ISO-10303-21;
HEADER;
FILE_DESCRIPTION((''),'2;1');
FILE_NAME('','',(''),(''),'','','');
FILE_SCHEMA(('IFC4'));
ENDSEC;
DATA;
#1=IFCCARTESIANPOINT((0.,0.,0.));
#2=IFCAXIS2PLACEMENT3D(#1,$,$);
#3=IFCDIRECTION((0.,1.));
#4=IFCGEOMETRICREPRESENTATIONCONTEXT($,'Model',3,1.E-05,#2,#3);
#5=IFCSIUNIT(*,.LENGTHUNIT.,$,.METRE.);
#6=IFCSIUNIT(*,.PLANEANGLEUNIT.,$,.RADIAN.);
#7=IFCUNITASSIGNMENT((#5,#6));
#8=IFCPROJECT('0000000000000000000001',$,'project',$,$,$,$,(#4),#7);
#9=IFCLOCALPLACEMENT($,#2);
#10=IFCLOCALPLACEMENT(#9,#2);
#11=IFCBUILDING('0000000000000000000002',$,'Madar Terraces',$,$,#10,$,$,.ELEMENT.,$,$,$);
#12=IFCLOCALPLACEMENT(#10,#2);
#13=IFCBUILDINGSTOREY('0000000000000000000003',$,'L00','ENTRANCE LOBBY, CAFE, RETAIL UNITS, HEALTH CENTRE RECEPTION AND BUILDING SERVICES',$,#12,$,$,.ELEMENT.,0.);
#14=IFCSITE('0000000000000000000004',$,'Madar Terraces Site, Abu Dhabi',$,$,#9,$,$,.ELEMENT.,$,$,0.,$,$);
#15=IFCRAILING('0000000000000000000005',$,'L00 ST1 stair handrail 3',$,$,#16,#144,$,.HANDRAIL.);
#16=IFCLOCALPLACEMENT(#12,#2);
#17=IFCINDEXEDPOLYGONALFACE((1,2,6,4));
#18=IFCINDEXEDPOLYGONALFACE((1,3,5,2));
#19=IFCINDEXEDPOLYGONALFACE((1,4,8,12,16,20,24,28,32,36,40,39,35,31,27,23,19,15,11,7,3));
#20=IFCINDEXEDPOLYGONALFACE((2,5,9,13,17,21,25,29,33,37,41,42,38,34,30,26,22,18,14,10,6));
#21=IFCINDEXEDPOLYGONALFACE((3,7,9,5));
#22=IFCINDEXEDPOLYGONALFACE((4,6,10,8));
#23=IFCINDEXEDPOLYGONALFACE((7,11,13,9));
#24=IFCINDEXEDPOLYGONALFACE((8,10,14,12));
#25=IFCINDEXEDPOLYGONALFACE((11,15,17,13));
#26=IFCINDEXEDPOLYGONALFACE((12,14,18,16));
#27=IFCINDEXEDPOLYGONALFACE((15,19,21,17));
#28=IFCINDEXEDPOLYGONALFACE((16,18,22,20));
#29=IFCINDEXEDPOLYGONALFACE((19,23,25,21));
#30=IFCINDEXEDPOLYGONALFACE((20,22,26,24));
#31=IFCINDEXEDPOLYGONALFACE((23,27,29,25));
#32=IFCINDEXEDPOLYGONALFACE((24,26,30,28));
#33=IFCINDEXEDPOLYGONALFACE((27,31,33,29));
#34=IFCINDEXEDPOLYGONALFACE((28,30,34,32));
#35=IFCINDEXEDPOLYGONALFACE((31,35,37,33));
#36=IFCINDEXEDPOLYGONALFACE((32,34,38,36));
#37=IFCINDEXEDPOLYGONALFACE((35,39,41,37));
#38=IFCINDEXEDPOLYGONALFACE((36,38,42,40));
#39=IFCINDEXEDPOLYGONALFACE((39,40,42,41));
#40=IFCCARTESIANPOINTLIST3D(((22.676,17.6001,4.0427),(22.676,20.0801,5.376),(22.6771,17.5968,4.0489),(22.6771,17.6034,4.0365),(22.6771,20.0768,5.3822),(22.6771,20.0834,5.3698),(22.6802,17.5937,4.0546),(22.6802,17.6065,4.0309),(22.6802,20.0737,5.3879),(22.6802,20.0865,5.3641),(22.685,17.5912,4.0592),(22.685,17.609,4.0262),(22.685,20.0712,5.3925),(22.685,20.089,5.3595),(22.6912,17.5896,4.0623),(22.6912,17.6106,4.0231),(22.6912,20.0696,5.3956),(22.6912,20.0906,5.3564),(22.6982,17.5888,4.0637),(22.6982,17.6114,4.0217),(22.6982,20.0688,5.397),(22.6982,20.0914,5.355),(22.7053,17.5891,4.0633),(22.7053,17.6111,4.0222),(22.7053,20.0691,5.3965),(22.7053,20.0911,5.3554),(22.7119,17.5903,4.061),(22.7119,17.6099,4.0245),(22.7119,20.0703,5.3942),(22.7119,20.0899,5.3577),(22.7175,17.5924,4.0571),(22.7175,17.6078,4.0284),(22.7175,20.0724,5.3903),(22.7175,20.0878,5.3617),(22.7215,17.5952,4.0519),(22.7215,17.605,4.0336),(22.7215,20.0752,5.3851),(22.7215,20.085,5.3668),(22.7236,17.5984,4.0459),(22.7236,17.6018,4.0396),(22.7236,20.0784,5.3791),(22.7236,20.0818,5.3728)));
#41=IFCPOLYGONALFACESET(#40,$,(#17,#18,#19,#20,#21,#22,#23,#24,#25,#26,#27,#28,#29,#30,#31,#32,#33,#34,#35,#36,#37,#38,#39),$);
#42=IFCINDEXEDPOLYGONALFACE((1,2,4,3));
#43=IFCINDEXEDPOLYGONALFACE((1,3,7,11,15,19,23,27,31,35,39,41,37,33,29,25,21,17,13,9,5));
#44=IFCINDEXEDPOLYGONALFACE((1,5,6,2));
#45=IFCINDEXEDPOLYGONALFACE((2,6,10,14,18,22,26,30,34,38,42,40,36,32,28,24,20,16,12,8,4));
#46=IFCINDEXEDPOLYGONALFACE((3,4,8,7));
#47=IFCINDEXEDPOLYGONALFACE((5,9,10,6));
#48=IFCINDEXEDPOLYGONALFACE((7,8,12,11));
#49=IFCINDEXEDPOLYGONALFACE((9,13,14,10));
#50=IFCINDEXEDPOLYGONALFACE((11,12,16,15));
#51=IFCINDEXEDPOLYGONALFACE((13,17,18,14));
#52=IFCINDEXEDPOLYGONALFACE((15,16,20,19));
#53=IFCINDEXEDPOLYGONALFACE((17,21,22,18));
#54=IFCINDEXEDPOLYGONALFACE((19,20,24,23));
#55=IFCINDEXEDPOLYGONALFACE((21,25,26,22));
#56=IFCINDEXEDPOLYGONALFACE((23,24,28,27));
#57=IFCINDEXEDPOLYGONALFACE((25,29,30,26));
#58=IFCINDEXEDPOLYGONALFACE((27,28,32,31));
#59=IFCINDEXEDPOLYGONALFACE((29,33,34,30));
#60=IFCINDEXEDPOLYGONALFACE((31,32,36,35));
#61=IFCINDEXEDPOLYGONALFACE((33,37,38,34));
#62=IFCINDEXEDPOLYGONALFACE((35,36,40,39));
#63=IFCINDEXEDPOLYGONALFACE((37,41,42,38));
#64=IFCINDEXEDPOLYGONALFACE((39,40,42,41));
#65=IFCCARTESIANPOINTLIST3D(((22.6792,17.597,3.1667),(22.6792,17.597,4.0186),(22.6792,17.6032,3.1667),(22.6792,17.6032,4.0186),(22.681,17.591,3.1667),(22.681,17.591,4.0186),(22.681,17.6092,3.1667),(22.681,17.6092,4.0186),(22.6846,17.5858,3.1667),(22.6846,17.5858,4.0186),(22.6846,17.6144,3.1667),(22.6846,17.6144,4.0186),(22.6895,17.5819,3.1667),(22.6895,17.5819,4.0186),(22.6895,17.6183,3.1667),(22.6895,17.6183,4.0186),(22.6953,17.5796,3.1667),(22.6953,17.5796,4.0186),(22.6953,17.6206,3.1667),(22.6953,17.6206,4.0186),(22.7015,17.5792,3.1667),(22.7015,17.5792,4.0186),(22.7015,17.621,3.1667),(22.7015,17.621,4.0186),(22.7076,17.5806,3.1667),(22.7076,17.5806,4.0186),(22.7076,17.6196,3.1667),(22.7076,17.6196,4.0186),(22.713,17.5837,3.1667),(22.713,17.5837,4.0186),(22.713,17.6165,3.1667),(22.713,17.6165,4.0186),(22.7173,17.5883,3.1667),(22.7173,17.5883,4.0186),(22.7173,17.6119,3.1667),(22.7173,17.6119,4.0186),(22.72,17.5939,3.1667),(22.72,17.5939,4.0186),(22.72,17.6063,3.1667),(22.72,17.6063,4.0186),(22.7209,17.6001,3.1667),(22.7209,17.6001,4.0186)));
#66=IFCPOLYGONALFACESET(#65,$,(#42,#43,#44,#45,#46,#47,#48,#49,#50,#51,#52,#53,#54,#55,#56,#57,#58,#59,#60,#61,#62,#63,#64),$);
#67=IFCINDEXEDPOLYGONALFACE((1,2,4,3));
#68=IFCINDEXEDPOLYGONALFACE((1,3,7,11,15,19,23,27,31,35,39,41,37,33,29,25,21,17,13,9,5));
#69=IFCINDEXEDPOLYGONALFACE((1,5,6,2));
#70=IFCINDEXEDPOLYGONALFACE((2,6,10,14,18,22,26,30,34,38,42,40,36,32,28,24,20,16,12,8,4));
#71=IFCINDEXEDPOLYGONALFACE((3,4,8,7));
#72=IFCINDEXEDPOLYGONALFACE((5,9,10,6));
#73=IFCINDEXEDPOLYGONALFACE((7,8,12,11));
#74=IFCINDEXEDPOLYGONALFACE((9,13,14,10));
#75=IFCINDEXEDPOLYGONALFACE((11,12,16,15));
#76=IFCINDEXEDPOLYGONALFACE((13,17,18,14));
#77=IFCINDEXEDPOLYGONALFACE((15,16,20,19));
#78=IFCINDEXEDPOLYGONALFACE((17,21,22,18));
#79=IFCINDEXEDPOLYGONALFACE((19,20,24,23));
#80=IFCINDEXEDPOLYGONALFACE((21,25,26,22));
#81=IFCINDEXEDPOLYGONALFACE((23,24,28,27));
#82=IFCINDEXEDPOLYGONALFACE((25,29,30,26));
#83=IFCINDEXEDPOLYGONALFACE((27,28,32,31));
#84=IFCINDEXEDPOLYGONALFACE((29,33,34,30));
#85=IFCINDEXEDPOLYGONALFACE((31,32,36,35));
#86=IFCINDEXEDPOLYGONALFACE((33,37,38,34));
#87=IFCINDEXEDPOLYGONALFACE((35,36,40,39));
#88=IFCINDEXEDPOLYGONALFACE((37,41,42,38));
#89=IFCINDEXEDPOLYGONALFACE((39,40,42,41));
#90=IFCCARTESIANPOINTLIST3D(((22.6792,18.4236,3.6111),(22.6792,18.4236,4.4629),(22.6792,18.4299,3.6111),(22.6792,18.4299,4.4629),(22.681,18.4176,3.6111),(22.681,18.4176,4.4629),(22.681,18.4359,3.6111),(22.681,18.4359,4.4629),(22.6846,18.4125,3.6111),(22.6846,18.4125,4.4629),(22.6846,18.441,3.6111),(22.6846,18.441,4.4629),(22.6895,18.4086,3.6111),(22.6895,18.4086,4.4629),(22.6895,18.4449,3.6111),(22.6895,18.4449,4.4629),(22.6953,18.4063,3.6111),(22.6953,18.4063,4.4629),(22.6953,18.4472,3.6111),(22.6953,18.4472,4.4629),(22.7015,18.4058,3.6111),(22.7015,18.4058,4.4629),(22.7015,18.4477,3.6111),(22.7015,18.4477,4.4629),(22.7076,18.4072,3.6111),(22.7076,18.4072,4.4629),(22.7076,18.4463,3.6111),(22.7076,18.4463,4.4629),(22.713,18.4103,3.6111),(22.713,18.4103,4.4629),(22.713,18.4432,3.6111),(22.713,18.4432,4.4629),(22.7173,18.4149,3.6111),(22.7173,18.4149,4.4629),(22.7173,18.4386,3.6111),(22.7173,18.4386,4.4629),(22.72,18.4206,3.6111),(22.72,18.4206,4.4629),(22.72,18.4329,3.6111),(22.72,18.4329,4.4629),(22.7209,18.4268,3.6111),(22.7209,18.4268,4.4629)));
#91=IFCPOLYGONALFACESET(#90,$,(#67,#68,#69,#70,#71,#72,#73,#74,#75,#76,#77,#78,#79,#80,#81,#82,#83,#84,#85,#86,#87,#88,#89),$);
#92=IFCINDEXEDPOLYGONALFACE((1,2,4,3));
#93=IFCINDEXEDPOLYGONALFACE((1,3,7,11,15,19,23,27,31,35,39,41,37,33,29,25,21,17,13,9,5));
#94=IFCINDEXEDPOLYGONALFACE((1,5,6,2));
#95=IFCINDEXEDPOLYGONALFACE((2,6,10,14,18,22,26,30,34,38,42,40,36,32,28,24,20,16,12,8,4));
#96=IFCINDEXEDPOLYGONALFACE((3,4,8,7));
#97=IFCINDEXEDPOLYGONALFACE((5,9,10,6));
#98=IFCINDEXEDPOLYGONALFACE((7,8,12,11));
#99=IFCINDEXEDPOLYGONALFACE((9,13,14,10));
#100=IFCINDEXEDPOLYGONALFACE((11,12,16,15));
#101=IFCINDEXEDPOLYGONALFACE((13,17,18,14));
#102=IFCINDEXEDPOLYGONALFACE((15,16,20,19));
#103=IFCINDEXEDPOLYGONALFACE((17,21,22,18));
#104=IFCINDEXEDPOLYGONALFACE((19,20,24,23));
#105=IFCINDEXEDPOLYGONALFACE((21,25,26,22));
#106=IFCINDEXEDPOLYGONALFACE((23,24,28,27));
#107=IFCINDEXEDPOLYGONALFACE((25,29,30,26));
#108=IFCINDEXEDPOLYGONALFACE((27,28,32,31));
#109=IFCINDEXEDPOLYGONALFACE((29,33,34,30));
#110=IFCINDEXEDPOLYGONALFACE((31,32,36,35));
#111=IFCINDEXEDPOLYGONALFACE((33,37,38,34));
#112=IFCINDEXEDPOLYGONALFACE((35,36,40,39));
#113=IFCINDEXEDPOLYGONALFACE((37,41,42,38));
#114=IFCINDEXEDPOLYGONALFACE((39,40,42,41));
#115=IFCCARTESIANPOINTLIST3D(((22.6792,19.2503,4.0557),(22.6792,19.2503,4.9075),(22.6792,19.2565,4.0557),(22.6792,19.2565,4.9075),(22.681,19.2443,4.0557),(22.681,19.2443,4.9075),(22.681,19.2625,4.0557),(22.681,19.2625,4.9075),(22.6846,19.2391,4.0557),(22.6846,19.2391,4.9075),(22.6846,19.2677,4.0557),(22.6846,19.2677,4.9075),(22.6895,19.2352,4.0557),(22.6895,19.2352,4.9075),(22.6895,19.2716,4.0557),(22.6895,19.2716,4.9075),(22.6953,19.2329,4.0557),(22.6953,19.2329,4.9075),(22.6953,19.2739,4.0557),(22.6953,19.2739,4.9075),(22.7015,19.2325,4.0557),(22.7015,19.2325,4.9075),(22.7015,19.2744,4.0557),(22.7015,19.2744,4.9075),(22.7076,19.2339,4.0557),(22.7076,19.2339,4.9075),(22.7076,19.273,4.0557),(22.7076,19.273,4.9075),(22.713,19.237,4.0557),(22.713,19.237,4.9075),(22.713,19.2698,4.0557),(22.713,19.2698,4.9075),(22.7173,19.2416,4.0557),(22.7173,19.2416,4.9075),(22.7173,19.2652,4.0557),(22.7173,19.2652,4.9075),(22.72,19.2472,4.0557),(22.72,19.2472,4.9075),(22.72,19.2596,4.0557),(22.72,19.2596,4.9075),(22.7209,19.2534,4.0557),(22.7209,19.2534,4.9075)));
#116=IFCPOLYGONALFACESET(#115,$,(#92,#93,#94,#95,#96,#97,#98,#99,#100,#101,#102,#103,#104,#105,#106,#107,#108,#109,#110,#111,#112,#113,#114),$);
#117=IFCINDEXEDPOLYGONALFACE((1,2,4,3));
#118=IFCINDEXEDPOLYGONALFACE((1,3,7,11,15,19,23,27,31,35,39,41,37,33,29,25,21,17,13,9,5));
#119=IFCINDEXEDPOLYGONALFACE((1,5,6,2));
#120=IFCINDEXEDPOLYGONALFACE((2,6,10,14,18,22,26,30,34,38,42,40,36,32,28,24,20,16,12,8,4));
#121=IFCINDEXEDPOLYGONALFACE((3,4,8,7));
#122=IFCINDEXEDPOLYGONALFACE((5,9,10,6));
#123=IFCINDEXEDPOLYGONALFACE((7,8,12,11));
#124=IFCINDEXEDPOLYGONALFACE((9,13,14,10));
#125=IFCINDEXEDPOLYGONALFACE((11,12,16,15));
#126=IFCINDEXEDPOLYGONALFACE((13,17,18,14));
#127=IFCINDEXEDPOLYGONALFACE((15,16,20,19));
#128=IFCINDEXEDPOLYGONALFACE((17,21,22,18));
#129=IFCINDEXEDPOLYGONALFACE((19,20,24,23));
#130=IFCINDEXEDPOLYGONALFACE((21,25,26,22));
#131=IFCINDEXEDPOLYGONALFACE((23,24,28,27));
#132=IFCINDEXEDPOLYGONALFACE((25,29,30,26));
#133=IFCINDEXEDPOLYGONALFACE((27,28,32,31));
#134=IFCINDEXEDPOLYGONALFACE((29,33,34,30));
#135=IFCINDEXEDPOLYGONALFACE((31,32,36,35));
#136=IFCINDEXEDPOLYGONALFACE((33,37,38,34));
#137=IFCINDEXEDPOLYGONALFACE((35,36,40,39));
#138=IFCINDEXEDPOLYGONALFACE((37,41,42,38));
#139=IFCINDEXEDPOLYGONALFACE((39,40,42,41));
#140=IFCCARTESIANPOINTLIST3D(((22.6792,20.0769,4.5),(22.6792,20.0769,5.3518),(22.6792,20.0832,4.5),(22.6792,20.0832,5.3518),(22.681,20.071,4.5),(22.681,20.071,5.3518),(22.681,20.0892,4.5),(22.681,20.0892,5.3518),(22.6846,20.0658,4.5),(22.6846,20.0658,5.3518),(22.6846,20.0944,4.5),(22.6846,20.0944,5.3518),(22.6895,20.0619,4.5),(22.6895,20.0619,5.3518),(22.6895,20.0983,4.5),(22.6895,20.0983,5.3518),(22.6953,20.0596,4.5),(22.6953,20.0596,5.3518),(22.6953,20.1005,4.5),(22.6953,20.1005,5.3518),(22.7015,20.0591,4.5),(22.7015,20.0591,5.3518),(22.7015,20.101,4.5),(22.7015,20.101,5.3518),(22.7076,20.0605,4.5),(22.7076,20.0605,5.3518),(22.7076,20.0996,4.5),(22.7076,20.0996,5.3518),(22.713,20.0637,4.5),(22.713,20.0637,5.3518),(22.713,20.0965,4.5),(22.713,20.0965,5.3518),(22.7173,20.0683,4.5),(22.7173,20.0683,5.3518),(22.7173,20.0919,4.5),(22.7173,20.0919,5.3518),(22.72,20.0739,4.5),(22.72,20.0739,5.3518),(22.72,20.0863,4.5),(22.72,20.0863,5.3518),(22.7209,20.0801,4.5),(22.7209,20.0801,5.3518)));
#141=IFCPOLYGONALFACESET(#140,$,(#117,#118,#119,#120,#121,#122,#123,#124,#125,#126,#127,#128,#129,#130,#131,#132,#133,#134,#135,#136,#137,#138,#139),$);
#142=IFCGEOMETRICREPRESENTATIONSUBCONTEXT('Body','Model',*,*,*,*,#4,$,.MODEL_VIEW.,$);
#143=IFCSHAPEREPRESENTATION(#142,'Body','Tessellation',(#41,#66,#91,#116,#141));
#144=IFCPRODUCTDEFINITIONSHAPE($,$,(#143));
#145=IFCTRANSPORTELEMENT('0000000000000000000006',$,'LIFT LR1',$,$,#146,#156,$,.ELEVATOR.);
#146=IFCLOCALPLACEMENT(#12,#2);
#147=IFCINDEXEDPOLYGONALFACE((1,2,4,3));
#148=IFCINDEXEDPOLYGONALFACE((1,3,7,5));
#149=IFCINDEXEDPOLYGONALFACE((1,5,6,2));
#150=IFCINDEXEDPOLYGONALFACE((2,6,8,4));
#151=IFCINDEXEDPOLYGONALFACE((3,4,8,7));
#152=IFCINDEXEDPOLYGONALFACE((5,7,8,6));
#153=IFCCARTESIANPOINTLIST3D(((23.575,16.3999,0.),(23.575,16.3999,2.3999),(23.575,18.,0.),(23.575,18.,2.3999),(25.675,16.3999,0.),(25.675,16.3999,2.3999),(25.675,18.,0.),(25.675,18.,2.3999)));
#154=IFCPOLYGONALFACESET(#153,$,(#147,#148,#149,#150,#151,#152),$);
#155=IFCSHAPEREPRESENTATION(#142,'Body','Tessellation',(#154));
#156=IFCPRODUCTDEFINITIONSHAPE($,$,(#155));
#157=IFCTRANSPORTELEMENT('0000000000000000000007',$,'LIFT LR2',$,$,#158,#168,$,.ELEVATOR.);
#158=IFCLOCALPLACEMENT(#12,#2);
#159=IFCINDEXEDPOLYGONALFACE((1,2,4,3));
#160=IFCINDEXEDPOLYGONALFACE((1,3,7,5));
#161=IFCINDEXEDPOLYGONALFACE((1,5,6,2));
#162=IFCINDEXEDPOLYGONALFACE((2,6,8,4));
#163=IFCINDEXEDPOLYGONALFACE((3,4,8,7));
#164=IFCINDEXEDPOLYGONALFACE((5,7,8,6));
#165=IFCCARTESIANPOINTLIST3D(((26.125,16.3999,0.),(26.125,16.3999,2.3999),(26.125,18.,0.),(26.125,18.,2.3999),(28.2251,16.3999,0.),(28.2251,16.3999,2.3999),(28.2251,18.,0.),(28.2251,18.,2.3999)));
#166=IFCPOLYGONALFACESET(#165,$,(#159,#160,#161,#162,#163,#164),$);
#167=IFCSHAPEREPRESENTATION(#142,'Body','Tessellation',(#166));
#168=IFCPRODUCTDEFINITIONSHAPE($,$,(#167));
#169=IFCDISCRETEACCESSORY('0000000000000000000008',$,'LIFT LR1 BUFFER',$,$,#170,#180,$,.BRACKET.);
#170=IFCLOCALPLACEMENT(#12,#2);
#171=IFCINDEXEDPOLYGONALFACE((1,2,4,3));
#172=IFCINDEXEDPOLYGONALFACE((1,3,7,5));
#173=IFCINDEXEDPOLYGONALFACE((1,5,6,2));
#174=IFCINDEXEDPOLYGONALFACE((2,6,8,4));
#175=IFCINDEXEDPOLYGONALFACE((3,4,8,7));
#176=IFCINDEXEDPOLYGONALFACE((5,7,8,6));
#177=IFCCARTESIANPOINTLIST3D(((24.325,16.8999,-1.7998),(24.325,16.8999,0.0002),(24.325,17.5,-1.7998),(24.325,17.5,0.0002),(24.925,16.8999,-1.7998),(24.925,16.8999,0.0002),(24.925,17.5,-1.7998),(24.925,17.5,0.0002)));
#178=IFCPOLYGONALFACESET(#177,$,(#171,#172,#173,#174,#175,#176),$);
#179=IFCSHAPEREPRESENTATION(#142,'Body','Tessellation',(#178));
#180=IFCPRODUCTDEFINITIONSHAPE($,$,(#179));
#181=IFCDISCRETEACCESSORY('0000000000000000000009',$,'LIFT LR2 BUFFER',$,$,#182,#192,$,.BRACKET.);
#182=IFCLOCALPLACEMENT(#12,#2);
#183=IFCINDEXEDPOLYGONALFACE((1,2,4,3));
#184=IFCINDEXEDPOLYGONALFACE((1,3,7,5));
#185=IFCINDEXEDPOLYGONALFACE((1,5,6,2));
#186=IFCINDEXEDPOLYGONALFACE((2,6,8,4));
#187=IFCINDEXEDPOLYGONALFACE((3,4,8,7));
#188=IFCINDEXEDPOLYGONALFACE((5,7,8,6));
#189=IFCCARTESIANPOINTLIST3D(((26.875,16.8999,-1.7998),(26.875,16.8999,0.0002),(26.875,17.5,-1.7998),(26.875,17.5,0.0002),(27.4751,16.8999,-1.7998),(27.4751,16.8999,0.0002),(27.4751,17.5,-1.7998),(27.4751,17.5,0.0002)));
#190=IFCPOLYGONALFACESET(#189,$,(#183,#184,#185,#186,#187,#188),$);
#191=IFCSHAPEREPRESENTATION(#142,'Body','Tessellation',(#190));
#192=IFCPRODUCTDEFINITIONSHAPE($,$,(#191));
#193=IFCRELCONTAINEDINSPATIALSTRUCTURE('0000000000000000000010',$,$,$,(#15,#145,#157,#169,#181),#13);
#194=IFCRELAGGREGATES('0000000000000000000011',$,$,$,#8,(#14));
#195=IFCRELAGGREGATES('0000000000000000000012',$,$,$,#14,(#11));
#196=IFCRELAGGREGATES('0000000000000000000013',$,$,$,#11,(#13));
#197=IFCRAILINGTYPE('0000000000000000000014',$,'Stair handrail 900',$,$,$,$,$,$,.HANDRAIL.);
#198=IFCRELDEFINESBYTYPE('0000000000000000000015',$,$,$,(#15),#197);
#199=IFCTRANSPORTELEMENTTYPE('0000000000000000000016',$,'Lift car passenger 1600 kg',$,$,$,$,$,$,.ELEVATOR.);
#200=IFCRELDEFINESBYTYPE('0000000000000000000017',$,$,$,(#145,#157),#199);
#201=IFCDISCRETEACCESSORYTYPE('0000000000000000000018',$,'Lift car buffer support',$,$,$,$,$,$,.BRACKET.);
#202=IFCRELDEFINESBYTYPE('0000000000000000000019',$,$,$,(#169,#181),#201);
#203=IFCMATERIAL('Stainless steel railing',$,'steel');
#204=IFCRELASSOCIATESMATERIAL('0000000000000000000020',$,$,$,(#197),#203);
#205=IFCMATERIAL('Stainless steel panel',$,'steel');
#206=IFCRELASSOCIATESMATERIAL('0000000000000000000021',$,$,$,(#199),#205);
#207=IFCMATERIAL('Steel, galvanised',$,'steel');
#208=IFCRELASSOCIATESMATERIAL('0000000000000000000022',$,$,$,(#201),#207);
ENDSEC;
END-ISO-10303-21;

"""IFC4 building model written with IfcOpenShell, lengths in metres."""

from ifc_helpers import new_model, si_unit, direction, frame, origin, origin_2d, place, context, subcontext, project, spatial, rectangle, circle, extrude, material, type_object, element, save


model = new_model("IFC4")

# Units and contexts
model_context = context("Model", 3, precision=1e-05, world=origin(), true_north=direction((0.0, 1.0)))
body_context = subcontext(model_context, "Body", "Model", "MODEL_VIEW")
ifc_project = project(units=[si_unit("LENGTHUNIT", "METRE"), si_unit("PLANEANGLEUNIT", "RADIAN")], contexts=[model_context])

# Site, building, storey
site_placement = place(None, origin())
site = spatial("IfcSite", under=ifc_project, at=site_placement, Name="Madar Terraces Site, Abu Dhabi", CompositionType="ELEMENT", RefElevation=0.0)
building_placement = place(site_placement, origin())
building = spatial("IfcBuilding", under=site, at=building_placement, Name="Madar Terraces", CompositionType="ELEMENT")
storey_placement = place(building_placement, origin())
storey = spatial("IfcBuildingStorey", under=building, at=storey_placement, Name="L00", Description="ENTRANCE LOBBY, CAFE, RETAIL UNITS, HEALTH CENTRE RECEPTION AND BUILDING SERVICES", CompositionType="ELEMENT", Elevation=0.0)

# Railing
ifc_material_1 = material(Name="Stainless steel railing", Category="steel")
railing_type_1 = type_object("IfcRailingType", Name="Stair handrail 900", PredefinedType="HANDRAIL", material=ifc_material_1)
for number, where, name in (
    (1, (22.7, 17.6001, 3.1667), "L00 ST1 stair handrail 3"),
):
    element("IfcRailing", number, at=place(storey_placement, frame(where)), inside=storey, type_object=railing_type_1, Name=name, PredefinedType="HANDRAIL", context=body_context, shape_type="SweptSolid", body=[
        extrude(circle(Radius=0.0239, at=origin_2d()), frame((0.0, 0.0, 0.876), z_axis=(0.0, 0.880786, 0.473515), x_axis=(-1.0, 0.0, 0.0)), (0.0, 0.0, 1.0), 2.8157),
        extrude(circle(Radius=0.021, at=origin_2d()), origin(), (0.0, 0.0, 1.0), 0.8518),
        extrude(circle(Radius=0.021, at=origin_2d()), frame((0.0, 0.8267, 0.4443)), (0.0, 0.0, 1.0), 0.8518),
        extrude(circle(Radius=0.021, at=origin_2d()), frame((0.0, 1.6533, 0.8889)), (0.0, 0.0, 1.0), 0.8518),
        extrude(circle(Radius=0.021, at=origin_2d()), frame((0.0, 2.48, 1.3333)), (0.0, 0.0, 1.0), 0.8518),
    ])

# Transport elements
ifc_material_2 = material(Name="Stainless steel panel", Category="steel")
transport_element_type = type_object("IfcTransportElementType", Name="Lift car passenger 1600 kg", PredefinedType="ELEVATOR", material=ifc_material_2)
for number, where, z_axis, x_axis, name in (
    (2, (24.625, 17.2, 0.0), (0.0, 0.0, 1.0), (1.0, 0.0, 0.0), "LIFT LR1"),
    (3, (27.175, 17.2, 0.0), (0.0, 0.0, 1.0), (1.0, 0.0, 0.0), "LIFT LR2"),
):
    element("IfcTransportElement", number, at=place(storey_placement, frame(where, z_axis=z_axis, x_axis=x_axis)), inside=storey, type_object=transport_element_type, Name=name, PredefinedType="ELEVATOR", context=body_context, shape_type="SweptSolid", body=[
        extrude(rectangle(XDim=2.1001, YDim=1.6001, at=origin_2d()), origin(), (0.0, 0.0, 1.0), 2.3999),
    ])

# Discrete accessories
ifc_material_3 = material(Name="Steel, galvanised", Category="steel")
discrete_accessory_type = type_object("IfcDiscreteAccessoryType", Name="Lift car buffer support", PredefinedType="BRACKET", material=ifc_material_3)
for number, where, z_axis, x_axis, name in (
    (4, (24.625, 17.2, -1.7998), (0.0, 0.0, 1.0), (1.0, 0.0, 0.0), "LIFT LR1 BUFFER"),
    (5, (27.175, 17.2, -1.7998), (0.0, 0.0, 1.0), (1.0, 0.0, 0.0), "LIFT LR2 BUFFER"),
):
    element("IfcDiscreteAccessory", number, at=place(storey_placement, frame(where, z_axis=z_axis, x_axis=x_axis)), inside=storey, type_object=discrete_accessory_type, Name=name, PredefinedType="BRACKET", context=body_context, shape_type="SweptSolid", body=[
        extrude(rectangle(XDim=0.6001, YDim=0.6001, at=origin_2d()), origin(), (0.0, 0.0, 1.0), 1.8),
    ])

save(model, "model.ifc")
